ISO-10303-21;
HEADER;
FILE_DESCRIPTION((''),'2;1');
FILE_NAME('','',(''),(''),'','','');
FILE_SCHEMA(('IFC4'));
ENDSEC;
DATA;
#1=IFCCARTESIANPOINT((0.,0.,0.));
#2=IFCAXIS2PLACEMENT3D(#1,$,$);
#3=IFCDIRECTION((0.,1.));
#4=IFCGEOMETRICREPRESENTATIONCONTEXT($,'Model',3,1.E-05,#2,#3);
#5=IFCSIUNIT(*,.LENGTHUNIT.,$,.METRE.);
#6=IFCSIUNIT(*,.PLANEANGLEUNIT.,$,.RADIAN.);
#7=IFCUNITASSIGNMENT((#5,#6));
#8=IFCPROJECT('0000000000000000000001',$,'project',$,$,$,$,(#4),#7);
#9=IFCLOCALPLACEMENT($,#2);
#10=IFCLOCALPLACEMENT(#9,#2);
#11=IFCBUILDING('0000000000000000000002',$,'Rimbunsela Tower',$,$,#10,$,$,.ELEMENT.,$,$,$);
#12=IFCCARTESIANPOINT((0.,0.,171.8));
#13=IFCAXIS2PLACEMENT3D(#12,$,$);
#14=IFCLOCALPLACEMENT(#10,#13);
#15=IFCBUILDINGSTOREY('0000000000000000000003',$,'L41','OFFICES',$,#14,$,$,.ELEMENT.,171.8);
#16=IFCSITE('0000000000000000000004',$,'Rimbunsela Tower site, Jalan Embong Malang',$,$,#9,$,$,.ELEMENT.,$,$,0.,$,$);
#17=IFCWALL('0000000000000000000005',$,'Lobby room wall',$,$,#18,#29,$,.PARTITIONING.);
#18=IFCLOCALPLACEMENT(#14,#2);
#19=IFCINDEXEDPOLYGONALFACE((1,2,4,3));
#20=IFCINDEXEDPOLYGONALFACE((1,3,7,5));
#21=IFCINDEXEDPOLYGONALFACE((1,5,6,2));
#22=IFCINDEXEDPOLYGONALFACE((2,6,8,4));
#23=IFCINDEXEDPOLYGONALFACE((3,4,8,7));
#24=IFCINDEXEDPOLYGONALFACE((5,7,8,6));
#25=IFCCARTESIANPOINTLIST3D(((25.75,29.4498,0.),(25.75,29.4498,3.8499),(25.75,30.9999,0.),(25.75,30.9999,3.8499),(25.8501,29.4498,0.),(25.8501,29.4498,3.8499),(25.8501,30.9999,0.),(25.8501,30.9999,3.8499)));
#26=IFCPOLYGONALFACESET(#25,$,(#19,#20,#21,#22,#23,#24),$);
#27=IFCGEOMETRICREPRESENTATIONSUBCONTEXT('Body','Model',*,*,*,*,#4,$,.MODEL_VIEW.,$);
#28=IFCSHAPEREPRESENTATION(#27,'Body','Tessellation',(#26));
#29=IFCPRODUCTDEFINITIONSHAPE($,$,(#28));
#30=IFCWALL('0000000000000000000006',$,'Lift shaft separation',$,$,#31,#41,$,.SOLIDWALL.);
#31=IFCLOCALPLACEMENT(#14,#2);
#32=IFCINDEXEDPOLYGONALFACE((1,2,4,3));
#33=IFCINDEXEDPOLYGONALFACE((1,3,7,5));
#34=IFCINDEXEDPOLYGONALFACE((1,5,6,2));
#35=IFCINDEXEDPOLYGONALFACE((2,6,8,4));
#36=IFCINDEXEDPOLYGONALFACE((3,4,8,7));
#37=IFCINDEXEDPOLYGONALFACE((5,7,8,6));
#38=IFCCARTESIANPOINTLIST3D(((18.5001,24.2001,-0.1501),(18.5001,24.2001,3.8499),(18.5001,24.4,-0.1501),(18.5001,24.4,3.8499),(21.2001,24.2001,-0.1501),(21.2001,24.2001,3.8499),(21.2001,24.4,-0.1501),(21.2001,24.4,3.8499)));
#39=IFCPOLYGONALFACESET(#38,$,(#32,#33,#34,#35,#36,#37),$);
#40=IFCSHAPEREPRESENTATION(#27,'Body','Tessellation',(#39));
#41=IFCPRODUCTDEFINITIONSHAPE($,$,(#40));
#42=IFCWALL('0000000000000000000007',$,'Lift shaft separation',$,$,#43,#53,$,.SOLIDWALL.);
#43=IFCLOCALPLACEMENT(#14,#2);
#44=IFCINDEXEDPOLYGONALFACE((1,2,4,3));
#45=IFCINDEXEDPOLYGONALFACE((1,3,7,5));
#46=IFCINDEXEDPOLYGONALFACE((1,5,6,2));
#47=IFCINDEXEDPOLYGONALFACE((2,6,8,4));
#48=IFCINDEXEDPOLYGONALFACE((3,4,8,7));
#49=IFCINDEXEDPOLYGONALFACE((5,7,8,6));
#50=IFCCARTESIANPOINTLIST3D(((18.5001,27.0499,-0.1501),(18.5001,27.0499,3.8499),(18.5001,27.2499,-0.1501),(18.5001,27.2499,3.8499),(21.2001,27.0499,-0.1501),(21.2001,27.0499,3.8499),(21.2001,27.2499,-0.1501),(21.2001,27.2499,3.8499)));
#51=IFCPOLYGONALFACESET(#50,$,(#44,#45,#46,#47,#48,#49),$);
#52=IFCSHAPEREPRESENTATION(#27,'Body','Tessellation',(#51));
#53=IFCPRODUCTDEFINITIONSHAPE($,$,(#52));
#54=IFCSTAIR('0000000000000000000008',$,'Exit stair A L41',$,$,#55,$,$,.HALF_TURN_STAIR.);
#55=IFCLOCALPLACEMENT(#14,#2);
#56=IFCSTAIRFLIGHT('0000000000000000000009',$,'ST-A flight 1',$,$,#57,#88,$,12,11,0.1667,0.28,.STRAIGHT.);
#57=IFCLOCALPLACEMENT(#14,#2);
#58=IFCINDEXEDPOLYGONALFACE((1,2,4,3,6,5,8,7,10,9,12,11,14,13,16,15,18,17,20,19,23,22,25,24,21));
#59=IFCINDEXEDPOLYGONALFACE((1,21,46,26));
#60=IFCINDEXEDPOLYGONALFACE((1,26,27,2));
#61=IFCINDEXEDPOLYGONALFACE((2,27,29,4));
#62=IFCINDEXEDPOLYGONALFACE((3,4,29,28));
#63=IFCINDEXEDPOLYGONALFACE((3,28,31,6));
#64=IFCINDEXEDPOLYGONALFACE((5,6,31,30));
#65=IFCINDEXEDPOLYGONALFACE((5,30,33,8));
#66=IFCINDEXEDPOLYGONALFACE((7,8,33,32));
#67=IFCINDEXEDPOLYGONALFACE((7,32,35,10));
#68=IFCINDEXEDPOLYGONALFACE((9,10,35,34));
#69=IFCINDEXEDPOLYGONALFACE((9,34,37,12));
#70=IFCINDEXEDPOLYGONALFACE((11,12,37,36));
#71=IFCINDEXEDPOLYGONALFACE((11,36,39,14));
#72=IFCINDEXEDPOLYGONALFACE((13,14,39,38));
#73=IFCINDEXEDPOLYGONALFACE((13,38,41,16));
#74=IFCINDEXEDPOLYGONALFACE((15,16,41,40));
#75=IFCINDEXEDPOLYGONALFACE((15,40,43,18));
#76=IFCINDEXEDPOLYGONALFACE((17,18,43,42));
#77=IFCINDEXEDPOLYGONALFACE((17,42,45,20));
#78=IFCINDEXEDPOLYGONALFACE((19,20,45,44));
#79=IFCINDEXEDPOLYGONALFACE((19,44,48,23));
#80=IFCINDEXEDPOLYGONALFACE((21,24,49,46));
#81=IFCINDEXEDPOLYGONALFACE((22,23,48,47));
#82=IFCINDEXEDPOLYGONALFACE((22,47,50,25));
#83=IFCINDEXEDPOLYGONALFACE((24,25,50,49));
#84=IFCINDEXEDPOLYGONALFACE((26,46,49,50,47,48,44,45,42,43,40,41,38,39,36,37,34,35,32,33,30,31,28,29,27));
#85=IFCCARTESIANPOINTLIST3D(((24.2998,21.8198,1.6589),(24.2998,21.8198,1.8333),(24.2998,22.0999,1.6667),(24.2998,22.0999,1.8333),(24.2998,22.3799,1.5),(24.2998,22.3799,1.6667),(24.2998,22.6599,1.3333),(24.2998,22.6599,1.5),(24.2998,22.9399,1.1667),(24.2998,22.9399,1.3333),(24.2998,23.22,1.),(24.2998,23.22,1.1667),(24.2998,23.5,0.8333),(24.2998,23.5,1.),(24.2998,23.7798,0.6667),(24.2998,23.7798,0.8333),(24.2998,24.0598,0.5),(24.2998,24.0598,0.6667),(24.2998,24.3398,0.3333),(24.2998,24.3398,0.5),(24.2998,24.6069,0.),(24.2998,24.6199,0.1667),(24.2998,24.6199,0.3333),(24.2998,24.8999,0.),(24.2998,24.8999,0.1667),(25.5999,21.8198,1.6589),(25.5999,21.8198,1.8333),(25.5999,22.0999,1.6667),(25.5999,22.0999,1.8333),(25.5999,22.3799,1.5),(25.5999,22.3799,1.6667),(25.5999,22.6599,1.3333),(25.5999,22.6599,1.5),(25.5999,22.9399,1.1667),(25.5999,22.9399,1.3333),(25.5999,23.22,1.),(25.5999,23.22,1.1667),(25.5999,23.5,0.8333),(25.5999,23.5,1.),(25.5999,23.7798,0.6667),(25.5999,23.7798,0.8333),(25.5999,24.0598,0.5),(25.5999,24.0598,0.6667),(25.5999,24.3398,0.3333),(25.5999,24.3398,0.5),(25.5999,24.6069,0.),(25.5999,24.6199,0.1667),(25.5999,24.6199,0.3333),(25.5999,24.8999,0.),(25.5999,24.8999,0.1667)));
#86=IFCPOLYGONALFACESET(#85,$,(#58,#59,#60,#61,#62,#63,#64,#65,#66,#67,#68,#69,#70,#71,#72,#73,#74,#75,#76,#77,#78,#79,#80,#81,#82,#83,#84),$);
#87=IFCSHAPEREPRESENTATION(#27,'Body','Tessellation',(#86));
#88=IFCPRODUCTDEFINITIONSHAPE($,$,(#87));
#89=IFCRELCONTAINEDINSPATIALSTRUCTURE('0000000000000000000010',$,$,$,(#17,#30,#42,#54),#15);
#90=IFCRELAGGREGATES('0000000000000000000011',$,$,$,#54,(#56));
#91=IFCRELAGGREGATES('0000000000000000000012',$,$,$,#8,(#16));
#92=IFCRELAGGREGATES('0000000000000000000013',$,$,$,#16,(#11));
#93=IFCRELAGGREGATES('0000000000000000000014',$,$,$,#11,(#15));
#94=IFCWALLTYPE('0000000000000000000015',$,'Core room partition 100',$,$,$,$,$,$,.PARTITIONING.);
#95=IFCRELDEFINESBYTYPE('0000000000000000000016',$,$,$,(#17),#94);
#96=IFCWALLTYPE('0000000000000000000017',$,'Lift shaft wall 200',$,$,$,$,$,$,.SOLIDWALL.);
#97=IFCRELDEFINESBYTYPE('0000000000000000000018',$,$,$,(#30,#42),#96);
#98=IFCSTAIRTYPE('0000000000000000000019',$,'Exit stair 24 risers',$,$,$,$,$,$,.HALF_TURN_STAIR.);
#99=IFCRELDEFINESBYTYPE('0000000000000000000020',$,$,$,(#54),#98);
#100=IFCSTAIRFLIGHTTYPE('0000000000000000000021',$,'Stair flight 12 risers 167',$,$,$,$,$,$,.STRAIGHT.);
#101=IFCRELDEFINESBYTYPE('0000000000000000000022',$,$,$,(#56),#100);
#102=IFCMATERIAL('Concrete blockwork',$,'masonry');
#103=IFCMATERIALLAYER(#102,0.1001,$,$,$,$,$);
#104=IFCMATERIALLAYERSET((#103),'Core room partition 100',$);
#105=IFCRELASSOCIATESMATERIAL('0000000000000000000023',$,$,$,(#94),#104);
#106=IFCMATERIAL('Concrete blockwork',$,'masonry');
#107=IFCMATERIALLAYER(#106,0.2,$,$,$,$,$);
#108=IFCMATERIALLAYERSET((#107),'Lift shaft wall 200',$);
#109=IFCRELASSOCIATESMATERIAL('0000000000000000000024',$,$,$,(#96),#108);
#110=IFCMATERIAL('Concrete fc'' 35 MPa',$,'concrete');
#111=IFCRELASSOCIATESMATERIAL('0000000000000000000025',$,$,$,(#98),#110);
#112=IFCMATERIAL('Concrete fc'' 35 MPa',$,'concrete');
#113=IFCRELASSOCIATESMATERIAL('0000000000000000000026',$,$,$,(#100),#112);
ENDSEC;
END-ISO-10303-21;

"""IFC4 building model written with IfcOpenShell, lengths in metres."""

from ifc_helpers import new_model, si_unit, direction, frame, frame_2d, origin, place, context, subcontext, project, spatial, polyline, rectangle, outline, extrude, material, layer, layer_set, type_object, element, aggregate, save


model = new_model("IFC4")

# Units and contexts
model_context = context("Model", 3, precision=1e-05, world=origin(), true_north=direction((0.0, 1.0)))
body_context = subcontext(model_context, "Body", "Model", "MODEL_VIEW")
ifc_project = project(units=[si_unit("LENGTHUNIT", "METRE"), si_unit("PLANEANGLEUNIT", "RADIAN")], contexts=[model_context])

# Site, building, storey
site_placement = place(None, origin())
site = spatial("IfcSite", under=ifc_project, at=site_placement, Name="Rimbunsela Tower site, Jalan Embong Malang", CompositionType="ELEMENT", RefElevation=0.0)
building_placement = place(site_placement, origin())
building = spatial("IfcBuilding", under=site, at=building_placement, Name="Rimbunsela Tower", CompositionType="ELEMENT")
storey_placement = place(building_placement, frame((0.0, 0.0, 171.8)))
storey = spatial("IfcBuildingStorey", under=building, at=storey_placement, Name="L41", Description="OFFICES", CompositionType="ELEMENT", Elevation=171.8)

# Shared definitions
ifc_material_1 = material(Name="Concrete blockwork", Category="masonry")
ifc_layer_1 = layer(ifc_material_1, 0.1001)
ifc_layer_set_1 = layer_set([ifc_layer_1], Name="Core room partition 100")
wall_type_1 = type_object("IfcWallType", Name="Core room partition 100", PredefinedType="PARTITIONING", material=ifc_layer_set_1)

# Walls
wall_1_placement = place(storey_placement, frame((25.8, 29.45, 0.0), z_axis=(0.0, 0.0, 1.0), x_axis=(0.0, 1.0, 0.0)))
element("IfcWall", 1, at=wall_1_placement, inside=storey, type_object=wall_type_1, Name="Lobby room wall", PredefinedType="PARTITIONING", context=body_context, shape_type="SweptSolid", body=[
    extrude(rectangle(XDim=1.55, YDim=0.1001, at=frame_2d((0.7749, 0.0))), origin(), (0.0, 0.0, 1.0), 3.8499),
])
ifc_material_2 = material(Name="Concrete blockwork", Category="masonry")
ifc_layer_2 = layer(ifc_material_2, 0.2)
ifc_layer_set_2 = layer_set([ifc_layer_2], Name="Lift shaft wall 200")
wall_type_2 = type_object("IfcWallType", Name="Lift shaft wall 200", PredefinedType="SOLIDWALL", material=ifc_layer_set_2)
for number, where, z_axis, x_axis, name in (
    (2, (18.5, 24.3, -0.1501), (0.0, 0.0, 1.0), (1.0, 0.0, 0.0), "Lift shaft separation"),
    (3, (18.5, 27.1499, -0.1501), (0.0, 0.0, 1.0), (1.0, 0.0, 0.0), "Lift shaft separation"),
):
    element("IfcWall", number, at=place(storey_placement, frame(where, z_axis=z_axis, x_axis=x_axis)), inside=storey, type_object=wall_type_2, Name=name, PredefinedType="SOLIDWALL", context=body_context, shape_type="SweptSolid", body=[
        extrude(rectangle(XDim=2.7, YDim=0.2, at=frame_2d((1.3501, 0.0))), origin(), (0.0, 0.0, 1.0), 4.0),
    ])

# Stair, stair flight
ifc_material_3 = material(Name="Concrete fc' 35 MPa", Category="concrete")
stair_type = type_object("IfcStairType", Name="Exit stair 24 risers", PredefinedType="HALF_TURN_STAIR", material=ifc_material_3)
stair_placement = place(storey_placement, origin())
stair = element("IfcStair", 4, at=stair_placement, inside=storey, type_object=stair_type, Name="Exit stair A L41", PredefinedType="HALF_TURN_STAIR")
ifc_material_4 = material(Name="Concrete fc' 35 MPa", Category="concrete")
stair_flight_type = type_object("IfcStairFlightType", Name="Stair flight 12 risers 167", PredefinedType="STRAIGHT", material=ifc_material_4)
stair_flight_placement = place(storey_placement, frame((24.95, 24.8999, 0.0), z_axis=(0.0, 0.0, 1.0), x_axis=(0.0, -1.0, 0.0)))
stair_flight = element("IfcStairFlight", 5, at=stair_flight_placement, type_object=stair_flight_type, Name="ST-A flight 1", NumberOfRisers=12, NumberOfTreads=11, PredefinedType="STRAIGHT", RiserHeight=0.1667, TreadLength=0.28, context=body_context, shape_type="SweptSolid", body=[
    extrude(outline(polyline([(0.0, 0.0), (0.0, 0.1667), (0.28, 0.1667), (0.28, 0.3333), (0.5601, 0.3333), (0.5601, 0.5), (0.8401, 0.5), (0.8401, 0.6667), (1.1201, 0.6667), (1.1201, 0.8333), (1.3999, 0.8333), (1.3999, 1.0), (1.6799, 1.0), (1.6799, 1.1667), (1.96, 1.1667), (1.96, 1.3333), (2.24, 1.3333), (2.24, 1.5), (2.52, 1.5), (2.52, 1.6667), (2.8, 1.6667), (2.8, 1.8333), (3.0801, 1.8333), (3.0801, 2.0), (3.0801, 1.6589), (0.293, 0.0), (0.0, 0.0)])), frame((0.0, 0.6499, 0.0), z_axis=(0.0, -1.0, 0.0), x_axis=(1.0, 0.0, 0.0)), (0.0, 0.0, 1.0), 1.3),
])
aggregate(stair, [stair_flight])

save(model, "model.ifc")
